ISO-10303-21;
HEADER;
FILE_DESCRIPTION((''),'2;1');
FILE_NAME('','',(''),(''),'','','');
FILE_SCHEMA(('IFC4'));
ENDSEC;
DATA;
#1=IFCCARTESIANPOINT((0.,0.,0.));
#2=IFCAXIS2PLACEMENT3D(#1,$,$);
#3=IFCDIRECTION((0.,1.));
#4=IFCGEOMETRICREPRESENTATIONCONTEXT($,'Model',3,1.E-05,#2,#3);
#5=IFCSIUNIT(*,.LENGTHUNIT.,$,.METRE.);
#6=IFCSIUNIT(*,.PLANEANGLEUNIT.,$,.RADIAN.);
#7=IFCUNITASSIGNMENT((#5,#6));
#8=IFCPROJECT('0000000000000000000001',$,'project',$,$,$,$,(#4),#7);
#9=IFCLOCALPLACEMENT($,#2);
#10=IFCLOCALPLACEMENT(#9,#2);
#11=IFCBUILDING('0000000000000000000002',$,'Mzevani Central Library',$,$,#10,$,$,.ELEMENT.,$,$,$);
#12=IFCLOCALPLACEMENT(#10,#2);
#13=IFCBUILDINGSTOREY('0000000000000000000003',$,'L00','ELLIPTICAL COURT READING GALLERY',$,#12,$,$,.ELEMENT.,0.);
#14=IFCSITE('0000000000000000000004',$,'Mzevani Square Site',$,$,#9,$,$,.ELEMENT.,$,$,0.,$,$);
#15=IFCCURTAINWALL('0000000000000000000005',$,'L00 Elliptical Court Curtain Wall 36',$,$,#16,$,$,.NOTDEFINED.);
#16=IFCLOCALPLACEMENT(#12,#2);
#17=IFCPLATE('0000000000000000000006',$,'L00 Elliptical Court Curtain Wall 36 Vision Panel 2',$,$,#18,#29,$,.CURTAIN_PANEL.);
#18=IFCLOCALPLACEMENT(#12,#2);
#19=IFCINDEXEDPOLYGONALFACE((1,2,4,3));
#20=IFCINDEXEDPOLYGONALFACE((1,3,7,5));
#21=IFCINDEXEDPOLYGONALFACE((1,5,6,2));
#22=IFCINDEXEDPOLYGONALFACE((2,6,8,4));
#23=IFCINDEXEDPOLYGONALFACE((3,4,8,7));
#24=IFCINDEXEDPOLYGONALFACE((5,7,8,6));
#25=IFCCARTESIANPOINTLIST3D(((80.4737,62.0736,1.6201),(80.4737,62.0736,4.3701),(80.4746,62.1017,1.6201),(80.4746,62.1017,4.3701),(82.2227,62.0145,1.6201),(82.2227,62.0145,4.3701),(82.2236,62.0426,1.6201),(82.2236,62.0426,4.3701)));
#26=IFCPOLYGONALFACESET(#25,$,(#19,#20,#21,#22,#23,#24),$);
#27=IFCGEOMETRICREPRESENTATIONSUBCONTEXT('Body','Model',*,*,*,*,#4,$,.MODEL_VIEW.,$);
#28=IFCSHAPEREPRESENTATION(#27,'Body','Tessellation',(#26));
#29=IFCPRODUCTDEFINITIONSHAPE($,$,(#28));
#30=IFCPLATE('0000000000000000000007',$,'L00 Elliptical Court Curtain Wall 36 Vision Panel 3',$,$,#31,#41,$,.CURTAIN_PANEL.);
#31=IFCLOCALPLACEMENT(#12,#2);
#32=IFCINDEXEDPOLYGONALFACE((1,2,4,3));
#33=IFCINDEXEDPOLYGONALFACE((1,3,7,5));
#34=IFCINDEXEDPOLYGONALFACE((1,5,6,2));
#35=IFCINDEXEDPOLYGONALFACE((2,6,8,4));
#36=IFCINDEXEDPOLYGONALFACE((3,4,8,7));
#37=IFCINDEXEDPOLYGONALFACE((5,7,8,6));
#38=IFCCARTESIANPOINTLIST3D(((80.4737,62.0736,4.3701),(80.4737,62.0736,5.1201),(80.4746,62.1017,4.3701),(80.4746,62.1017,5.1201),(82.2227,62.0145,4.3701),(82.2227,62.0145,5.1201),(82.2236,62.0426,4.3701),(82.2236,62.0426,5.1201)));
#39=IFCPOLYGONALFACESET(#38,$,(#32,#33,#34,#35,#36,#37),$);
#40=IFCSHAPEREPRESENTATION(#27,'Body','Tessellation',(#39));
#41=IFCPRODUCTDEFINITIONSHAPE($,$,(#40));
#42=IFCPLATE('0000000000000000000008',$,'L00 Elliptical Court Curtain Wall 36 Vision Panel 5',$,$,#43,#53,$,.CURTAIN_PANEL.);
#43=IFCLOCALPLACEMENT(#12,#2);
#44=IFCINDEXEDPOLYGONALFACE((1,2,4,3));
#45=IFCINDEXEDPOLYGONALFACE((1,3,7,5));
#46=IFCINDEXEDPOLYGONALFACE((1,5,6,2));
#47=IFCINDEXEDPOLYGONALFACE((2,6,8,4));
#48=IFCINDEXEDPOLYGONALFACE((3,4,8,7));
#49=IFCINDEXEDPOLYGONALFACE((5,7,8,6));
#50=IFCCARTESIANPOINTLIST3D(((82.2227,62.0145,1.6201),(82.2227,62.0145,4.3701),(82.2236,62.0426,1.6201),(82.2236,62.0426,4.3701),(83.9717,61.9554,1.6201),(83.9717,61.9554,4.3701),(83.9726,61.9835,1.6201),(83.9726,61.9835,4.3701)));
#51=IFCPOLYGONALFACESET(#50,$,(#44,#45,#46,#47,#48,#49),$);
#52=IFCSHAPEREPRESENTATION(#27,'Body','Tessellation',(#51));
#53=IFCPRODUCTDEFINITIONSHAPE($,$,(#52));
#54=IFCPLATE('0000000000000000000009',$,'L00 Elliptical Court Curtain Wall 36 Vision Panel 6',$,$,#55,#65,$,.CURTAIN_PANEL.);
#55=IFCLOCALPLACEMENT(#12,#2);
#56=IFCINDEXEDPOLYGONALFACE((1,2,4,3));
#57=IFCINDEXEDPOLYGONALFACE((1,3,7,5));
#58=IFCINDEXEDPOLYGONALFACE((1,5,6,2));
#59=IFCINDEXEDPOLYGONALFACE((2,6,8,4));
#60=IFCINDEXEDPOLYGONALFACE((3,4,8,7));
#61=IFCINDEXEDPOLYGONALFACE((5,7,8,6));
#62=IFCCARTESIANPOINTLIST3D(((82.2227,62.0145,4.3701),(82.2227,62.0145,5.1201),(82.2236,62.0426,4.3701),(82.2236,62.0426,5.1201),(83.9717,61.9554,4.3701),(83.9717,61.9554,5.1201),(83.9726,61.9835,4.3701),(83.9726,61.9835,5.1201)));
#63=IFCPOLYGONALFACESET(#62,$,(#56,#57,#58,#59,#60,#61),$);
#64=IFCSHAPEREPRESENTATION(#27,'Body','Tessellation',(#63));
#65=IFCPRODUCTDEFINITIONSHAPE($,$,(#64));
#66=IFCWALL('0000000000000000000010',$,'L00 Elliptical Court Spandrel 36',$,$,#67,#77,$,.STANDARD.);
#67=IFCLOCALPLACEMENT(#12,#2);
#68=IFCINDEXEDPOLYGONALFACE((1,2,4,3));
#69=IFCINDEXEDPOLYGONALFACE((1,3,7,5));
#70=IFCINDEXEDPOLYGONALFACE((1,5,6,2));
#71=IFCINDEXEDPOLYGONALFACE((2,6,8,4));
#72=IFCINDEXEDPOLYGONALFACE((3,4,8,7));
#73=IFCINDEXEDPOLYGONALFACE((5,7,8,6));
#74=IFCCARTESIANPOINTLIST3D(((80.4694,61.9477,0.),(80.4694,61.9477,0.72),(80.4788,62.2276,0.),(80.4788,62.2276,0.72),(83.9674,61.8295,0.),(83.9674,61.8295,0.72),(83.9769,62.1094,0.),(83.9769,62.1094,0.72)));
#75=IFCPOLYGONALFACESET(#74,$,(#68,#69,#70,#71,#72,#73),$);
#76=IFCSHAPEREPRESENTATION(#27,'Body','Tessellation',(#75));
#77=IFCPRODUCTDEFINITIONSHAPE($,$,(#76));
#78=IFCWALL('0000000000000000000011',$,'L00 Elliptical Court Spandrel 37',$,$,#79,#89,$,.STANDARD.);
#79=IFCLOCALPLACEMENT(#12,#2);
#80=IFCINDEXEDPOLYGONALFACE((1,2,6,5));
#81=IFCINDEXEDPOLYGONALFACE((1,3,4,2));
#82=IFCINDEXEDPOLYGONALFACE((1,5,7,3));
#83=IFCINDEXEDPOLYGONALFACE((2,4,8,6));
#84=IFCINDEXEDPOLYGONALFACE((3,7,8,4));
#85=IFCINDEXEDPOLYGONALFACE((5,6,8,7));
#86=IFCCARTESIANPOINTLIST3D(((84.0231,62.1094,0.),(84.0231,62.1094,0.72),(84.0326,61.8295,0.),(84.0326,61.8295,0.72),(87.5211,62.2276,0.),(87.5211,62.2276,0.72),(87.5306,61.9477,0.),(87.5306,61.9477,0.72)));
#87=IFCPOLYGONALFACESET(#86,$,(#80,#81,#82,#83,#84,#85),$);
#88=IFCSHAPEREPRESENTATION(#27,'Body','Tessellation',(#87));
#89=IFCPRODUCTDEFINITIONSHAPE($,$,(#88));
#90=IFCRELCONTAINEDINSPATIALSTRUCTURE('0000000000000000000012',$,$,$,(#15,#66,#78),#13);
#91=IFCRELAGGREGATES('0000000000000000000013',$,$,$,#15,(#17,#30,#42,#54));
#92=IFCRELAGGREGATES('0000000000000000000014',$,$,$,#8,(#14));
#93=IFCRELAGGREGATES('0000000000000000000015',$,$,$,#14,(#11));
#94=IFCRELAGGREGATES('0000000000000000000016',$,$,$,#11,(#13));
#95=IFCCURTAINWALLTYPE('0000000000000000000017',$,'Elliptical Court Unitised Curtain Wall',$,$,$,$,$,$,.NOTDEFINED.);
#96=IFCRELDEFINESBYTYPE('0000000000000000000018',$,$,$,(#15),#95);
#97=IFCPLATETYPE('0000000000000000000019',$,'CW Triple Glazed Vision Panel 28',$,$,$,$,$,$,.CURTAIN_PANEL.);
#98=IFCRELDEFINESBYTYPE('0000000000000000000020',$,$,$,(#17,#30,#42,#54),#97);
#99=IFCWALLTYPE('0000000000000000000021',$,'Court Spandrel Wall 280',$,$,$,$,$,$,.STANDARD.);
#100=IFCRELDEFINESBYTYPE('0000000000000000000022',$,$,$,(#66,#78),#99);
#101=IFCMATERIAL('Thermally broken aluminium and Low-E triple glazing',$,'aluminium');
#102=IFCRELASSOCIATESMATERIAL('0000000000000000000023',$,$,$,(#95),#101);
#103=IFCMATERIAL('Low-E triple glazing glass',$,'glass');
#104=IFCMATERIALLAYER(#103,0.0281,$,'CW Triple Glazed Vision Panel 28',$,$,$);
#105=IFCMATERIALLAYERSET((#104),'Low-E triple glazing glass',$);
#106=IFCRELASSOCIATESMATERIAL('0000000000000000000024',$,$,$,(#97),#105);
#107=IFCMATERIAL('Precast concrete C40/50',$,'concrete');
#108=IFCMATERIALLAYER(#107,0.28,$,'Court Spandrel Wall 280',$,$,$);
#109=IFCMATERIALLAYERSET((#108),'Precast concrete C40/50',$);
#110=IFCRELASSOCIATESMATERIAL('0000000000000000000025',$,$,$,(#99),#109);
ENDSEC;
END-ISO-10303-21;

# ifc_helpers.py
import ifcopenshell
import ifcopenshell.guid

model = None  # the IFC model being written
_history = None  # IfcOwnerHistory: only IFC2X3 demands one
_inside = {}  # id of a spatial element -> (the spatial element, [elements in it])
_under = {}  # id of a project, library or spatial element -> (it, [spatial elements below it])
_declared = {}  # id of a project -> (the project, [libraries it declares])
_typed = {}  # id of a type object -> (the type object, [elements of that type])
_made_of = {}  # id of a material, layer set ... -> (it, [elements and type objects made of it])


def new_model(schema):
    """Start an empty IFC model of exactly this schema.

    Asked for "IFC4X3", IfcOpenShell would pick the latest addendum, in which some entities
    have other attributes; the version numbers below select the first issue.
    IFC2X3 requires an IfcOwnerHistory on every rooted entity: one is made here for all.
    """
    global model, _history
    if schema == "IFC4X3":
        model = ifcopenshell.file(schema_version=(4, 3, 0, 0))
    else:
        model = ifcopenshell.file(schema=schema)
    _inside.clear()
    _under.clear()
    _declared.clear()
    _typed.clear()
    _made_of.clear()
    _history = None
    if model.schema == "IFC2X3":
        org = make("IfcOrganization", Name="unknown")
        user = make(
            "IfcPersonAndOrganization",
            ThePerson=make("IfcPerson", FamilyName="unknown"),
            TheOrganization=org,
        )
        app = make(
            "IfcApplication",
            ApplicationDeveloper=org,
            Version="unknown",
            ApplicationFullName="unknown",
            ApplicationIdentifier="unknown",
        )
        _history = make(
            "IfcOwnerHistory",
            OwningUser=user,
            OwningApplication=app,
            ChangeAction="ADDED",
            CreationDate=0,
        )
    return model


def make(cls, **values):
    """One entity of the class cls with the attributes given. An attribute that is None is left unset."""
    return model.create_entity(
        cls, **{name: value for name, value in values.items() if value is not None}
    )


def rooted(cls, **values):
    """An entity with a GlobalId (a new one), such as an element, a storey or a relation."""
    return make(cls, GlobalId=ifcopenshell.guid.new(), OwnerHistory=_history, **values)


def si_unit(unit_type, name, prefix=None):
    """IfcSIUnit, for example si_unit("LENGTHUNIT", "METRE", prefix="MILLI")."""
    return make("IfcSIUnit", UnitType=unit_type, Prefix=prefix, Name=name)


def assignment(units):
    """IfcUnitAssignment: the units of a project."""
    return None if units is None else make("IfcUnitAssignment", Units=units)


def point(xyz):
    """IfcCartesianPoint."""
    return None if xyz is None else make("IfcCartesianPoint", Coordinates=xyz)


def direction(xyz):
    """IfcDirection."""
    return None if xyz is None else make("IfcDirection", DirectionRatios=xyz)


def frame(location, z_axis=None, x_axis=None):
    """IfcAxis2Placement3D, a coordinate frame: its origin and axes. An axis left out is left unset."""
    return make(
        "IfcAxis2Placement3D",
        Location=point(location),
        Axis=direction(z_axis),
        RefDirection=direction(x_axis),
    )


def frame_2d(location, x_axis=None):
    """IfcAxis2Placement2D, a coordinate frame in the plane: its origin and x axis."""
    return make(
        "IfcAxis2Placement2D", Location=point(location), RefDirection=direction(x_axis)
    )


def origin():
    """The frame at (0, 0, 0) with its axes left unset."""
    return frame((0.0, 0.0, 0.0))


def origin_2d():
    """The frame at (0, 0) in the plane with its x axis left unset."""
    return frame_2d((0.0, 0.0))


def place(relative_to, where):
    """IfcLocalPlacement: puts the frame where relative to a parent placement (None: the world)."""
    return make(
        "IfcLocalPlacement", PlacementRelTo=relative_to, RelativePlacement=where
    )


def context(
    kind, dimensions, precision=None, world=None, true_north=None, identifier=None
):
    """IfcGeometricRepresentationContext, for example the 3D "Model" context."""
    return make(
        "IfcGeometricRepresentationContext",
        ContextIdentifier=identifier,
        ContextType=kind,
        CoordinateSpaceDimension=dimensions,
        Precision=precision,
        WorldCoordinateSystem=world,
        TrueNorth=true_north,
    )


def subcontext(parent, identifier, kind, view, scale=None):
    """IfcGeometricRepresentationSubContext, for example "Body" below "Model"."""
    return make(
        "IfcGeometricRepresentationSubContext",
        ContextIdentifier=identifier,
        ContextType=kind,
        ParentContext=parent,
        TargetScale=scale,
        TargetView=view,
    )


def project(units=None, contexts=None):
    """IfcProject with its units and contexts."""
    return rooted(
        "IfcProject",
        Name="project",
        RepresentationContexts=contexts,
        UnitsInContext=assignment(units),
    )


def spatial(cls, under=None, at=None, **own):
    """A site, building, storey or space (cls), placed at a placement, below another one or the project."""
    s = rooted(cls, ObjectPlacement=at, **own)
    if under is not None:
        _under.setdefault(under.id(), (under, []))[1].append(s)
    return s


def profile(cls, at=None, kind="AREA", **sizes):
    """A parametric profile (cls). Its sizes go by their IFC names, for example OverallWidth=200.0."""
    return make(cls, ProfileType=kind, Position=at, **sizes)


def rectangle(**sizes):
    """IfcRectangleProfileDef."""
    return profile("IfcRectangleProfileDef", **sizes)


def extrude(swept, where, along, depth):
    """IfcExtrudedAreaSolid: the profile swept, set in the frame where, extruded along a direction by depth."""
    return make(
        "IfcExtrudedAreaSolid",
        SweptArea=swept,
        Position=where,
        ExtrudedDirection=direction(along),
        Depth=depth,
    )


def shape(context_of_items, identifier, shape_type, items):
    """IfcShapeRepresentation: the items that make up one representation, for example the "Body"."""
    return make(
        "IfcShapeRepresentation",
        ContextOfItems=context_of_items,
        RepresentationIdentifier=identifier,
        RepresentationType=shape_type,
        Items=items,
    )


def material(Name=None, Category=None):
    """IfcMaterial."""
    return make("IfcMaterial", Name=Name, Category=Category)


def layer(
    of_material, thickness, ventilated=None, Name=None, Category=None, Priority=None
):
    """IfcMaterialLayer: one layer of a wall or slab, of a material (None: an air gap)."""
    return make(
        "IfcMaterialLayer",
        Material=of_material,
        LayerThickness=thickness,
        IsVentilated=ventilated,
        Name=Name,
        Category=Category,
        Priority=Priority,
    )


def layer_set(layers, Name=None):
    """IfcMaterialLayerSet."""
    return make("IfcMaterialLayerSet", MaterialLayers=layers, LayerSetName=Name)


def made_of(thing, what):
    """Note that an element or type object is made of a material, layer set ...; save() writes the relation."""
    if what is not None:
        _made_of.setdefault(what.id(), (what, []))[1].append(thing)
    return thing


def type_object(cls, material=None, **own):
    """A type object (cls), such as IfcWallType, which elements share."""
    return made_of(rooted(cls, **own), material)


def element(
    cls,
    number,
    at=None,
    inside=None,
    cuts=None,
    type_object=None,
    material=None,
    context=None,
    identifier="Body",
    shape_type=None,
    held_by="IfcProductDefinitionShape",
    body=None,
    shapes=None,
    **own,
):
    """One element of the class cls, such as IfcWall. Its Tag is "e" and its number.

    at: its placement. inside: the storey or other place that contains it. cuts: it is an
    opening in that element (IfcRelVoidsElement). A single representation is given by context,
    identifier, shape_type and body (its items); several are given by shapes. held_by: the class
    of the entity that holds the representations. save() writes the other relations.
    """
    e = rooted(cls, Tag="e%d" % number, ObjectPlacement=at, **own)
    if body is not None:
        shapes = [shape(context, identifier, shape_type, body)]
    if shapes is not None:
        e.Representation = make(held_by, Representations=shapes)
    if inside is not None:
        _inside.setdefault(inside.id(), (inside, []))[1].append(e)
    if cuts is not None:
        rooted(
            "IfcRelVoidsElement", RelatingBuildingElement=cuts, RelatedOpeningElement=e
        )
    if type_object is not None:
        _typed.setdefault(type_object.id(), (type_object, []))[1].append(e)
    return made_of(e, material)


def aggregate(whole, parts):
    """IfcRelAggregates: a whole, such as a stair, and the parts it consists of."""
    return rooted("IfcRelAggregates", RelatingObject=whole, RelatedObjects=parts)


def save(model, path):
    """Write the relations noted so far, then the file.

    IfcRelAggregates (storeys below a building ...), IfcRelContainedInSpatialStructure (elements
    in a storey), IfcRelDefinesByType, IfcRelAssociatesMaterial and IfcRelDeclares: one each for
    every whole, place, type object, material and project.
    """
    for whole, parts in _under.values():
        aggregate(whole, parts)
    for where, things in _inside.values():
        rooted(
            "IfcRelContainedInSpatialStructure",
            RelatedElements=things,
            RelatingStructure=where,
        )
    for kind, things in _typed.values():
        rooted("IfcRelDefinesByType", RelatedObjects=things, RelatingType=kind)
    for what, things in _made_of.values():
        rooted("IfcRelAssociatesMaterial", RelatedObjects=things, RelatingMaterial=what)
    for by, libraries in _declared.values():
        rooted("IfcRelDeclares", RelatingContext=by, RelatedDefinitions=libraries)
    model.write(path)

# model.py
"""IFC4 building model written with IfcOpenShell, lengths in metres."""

from ifc_helpers import new_model, si_unit, direction, frame, frame_2d, origin, origin_2d, place, context, subcontext, project, spatial, rectangle, extrude, material, layer, layer_set, type_object, element, aggregate, save


model = new_model("IFC4")

# Units and contexts
model_context = context("Model", 3, precision=1e-05, world=origin(), true_north=direction((0.0, 1.0)))
body_context = subcontext(model_context, "Body", "Model", "MODEL_VIEW")
ifc_project = project(units=[si_unit("LENGTHUNIT", "METRE"), si_unit("PLANEANGLEUNIT", "RADIAN")], contexts=[model_context])

# Site, building, storey
site_placement = place(None, origin())
site = spatial("IfcSite", under=ifc_project, at=site_placement, Name="Mzevani Square Site", CompositionType="ELEMENT", RefElevation=0.0)
building_placement = place(site_placement, origin())
building = spatial("IfcBuilding", under=site, at=building_placement, Name="Mzevani Central Library", CompositionType="ELEMENT")
storey_placement = place(building_placement, origin())
storey = spatial("IfcBuildingStorey", under=building, at=storey_placement, Name="L00", Description="ELLIPTICAL COURT READING GALLERY", CompositionType="ELEMENT", Elevation=0.0)

# Curtain wall
ifc_material_1 = material(Name="Thermally broken aluminium and Low-E triple glazing", Category="aluminium")
curtain_wall_type_1 = type_object("IfcCurtainWallType", Name="Elliptical Court Unitised Curtain Wall", PredefinedType="NOTDEFINED", material=ifc_material_1)
curtain_wall_1_placement = place(storey_placement, origin())
curtain_wall_1 = element("IfcCurtainWall", 1, at=curtain_wall_1_placement, inside=storey, type_object=curtain_wall_type_1, Name="L00 Elliptical Court Curtain Wall 36", PredefinedType="NOTDEFINED")

# Plates
ifc_material_2 = material(Name="Low-E triple glazing glass", Category="glass")
ifc_layer_1 = layer(ifc_material_2, 0.0281, Name="CW Triple Glazed Vision Panel 28")
ifc_layer_set_1 = layer_set([ifc_layer_1], Name="Low-E triple glazing glass")
plate_type_1 = type_object("IfcPlateType", Name="CW Triple Glazed Vision Panel 28", PredefinedType="CURTAIN_PANEL", material=ifc_layer_set_1)
plate_1_placement = place(storey_placement, frame((81.3486, 62.0581, 1.6201), z_axis=(0.0, 0.0, 1.0), x_axis=(0.99943, -0.033771, 0.0)))
plate_1 = element("IfcPlate", 2, at=plate_1_placement, type_object=plate_type_1, Name="L00 Elliptical Court Curtain Wall 36 Vision Panel 2", PredefinedType="CURTAIN_PANEL", context=body_context, shape_type="SweptSolid", body=[
    extrude(rectangle(XDim=1.75, YDim=0.0281, at=origin_2d()), origin(), (0.0, 0.0, 1.0), 2.75),
])
plate_2_placement = place(storey_placement, frame((81.3486, 62.0581, 4.3701), z_axis=(0.0, 0.0, 1.0), x_axis=(0.99943, -0.033771, 0.0)))
plate_2 = element("IfcPlate", 3, at=plate_2_placement, type_object=plate_type_1, Name="L00 Elliptical Court Curtain Wall 36 Vision Panel 3", PredefinedType="CURTAIN_PANEL", context=body_context, shape_type="SweptSolid", body=[
    extrude(rectangle(XDim=1.75, YDim=0.0281, at=origin_2d()), origin(), (0.0, 0.0, 1.0), 0.75),
])
plate_3_placement = place(storey_placement, frame((83.0977, 61.999, 1.6201), z_axis=(0.0, 0.0, 1.0), x_axis=(0.99943, -0.033771, 0.0)))
plate_3 = element("IfcPlate", 4, at=plate_3_placement, type_object=plate_type_1, Name="L00 Elliptical Court Curtain Wall 36 Vision Panel 5", PredefinedType="CURTAIN_PANEL", context=body_context, shape_type="SweptSolid", body=[
    extrude(rectangle(XDim=1.75, YDim=0.0281, at=origin_2d()), origin(), (0.0, 0.0, 1.0), 2.75),
])
plate_4_placement = place(storey_placement, frame((83.0977, 61.999, 4.3701), z_axis=(0.0, 0.0, 1.0), x_axis=(0.99943, -0.033771, 0.0)))
plate_4 = element("IfcPlate", 5, at=plate_4_placement, type_object=plate_type_1, Name="L00 Elliptical Court Curtain Wall 36 Vision Panel 6", PredefinedType="CURTAIN_PANEL", context=body_context, shape_type="SweptSolid", body=[
    extrude(rectangle(XDim=1.75, YDim=0.0281, at=origin_2d()), origin(), (0.0, 0.0, 1.0), 0.75),
])
aggregate(curtain_wall_1, [plate_1, plate_2, plate_3, plate_4])

# Walls
ifc_material_3 = material(Name="Precast concrete C40/50", Category="concrete")
ifc_layer_2 = layer(ifc_material_3, 0.28, Name="Court Spandrel Wall 280")
ifc_layer_set_2 = layer_set([ifc_layer_2], Name="Precast concrete C40/50")
wall_type = type_object("IfcWallType", Name="Court Spandrel Wall 280", PredefinedType="STANDARD", material=ifc_layer_set_2)
for number, where, z_axis, x_axis, name in (
    (6, (80.4741, 62.0876, 0.0), (0.0, 0.0, 1.0), (0.99943, -0.033761, 0.0), "L00 Elliptical Court Spandrel 36"),
    (7, (84.0278, 61.9695, 0.0), (0.0, 0.0, 1.0), (0.99943, 0.033761, 0.0), "L00 Elliptical Court Spandrel 37"),
):
    element("IfcWall", number, at=place(storey_placement, frame(where, z_axis=z_axis, x_axis=x_axis)), inside=storey, type_object=wall_type, Name=name, PredefinedType="STANDARD", context=body_context, shape_type="SweptSolid", body=[
        extrude(rectangle(XDim=3.5, YDim=0.28, at=frame_2d((1.75, 0.0))), origin(), (0.0, 0.0, 1.0), 0.72),
    ])

save(model, "model.ifc")
